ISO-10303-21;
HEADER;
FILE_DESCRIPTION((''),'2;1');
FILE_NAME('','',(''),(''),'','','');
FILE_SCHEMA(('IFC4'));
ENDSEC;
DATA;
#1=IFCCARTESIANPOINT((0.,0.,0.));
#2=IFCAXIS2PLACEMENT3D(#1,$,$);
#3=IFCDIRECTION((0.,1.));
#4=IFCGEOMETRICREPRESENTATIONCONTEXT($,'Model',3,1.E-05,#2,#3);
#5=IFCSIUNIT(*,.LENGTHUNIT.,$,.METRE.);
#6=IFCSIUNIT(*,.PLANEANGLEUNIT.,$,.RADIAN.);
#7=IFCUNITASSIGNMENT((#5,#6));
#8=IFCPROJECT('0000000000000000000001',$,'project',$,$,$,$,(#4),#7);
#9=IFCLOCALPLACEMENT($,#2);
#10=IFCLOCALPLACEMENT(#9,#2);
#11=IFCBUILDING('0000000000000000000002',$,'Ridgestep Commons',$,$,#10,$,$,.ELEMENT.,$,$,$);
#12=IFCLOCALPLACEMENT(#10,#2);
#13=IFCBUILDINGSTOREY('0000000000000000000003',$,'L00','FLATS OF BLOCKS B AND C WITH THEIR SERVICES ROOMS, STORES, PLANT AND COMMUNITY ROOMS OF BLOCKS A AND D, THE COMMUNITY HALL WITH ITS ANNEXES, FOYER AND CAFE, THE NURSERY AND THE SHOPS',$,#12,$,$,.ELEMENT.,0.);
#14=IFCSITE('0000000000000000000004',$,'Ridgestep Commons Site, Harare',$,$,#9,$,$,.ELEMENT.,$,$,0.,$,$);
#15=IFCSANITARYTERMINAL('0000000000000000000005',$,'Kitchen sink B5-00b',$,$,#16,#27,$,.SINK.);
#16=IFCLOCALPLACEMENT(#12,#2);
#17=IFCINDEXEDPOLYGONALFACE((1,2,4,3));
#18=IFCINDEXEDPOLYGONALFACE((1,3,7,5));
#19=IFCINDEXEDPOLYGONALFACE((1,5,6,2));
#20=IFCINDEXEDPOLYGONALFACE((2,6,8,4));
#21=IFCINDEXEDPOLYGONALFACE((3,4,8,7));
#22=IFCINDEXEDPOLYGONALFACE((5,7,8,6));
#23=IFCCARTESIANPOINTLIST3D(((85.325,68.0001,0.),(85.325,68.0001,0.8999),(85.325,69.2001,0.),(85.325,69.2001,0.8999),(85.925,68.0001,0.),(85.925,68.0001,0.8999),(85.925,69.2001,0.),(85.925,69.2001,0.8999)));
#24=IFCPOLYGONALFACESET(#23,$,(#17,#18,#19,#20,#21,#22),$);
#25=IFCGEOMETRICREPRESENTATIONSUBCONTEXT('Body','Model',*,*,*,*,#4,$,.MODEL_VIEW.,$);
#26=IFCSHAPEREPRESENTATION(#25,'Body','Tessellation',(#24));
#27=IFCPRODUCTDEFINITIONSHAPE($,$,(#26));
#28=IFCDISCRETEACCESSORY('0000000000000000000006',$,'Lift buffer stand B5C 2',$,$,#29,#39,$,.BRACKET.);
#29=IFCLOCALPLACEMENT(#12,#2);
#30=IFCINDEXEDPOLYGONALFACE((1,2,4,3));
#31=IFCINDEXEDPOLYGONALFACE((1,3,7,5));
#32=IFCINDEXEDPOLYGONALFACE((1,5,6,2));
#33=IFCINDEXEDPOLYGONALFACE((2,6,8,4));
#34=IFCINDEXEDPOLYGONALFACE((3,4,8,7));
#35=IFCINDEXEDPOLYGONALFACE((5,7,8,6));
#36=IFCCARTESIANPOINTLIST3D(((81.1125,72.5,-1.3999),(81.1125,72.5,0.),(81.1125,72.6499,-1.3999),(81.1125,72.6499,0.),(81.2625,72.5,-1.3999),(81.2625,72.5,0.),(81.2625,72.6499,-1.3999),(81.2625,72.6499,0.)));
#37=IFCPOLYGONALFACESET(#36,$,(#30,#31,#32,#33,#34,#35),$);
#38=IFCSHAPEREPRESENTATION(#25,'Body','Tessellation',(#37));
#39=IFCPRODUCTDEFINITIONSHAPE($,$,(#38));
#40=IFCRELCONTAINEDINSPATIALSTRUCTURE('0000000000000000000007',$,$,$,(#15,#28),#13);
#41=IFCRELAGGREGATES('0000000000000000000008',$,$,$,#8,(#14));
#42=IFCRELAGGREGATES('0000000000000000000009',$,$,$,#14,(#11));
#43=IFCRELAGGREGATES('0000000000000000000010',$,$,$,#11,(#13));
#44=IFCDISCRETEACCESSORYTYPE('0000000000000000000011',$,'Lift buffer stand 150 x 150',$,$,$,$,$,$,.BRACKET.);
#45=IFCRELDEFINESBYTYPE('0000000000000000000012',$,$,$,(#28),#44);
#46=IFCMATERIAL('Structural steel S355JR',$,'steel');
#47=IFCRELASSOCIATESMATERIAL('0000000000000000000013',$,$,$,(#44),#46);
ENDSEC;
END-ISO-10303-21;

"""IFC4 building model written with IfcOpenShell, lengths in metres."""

from ifc_helpers import new_model, si_unit, direction, frame, origin, origin_2d, place, context, subcontext, project, spatial, rectangle, extrude, material, type_object, element, save


model = new_model("IFC4")

# Units and contexts
model_context = context("Model", 3, precision=1e-05, world=origin(), true_north=direction((0.0, 1.0)))
body_context = subcontext(model_context, "Body", "Model", "MODEL_VIEW")
ifc_project = project(units=[si_unit("LENGTHUNIT", "METRE"), si_unit("PLANEANGLEUNIT", "RADIAN")], contexts=[model_context])

# Site, building, storey
site_placement = place(None, origin())
site = spatial("IfcSite", under=ifc_project, at=site_placement, Name="Ridgestep Commons Site, Harare", CompositionType="ELEMENT", RefElevation=0.0)
building_placement = place(site_placement, origin())
building = spatial("IfcBuilding", under=site, at=building_placement, Name="Ridgestep Commons", CompositionType="ELEMENT")
storey_placement = place(building_placement, origin())
storey = spatial("IfcBuildingStorey", under=building, at=storey_placement, Name="L00", Description="FLATS OF BLOCKS B AND C WITH THEIR SERVICES ROOMS, STORES, PLANT AND COMMUNITY ROOMS OF BLOCKS A AND D, THE COMMUNITY HALL WITH ITS ANNEXES, FOYER AND CAFE, THE NURSERY AND THE SHOPS", CompositionType="ELEMENT", Elevation=0.0)

# Sanitary terminal
sanitary_terminal_1_placement = place(storey_placement, frame((85.625, 68.6001, 0.0), z_axis=(0.0, 0.0, 1.0), x_axis=(1.0, 0.0, 0.0)))
element("IfcSanitaryTerminal", 1, at=sanitary_terminal_1_placement, inside=storey, Name="Kitchen sink B5-00b", PredefinedType="SINK", context=body_context, shape_type="SweptSolid", body=[
    extrude(rectangle(XDim=0.6001, YDim=1.2, at=origin_2d()), origin(), (0.0, 0.0, 1.0), 0.8999),
])

# Discrete accessory
ifc_material_1 = material(Name="Structural steel S355JR", Category="steel")
discrete_accessory_type = type_object("IfcDiscreteAccessoryType", Name="Lift buffer stand 150 x 150", PredefinedType="BRACKET", material=ifc_material_1)
discrete_accessory_placement = place(storey_placement, frame((81.1875, 72.575, -1.3999), z_axis=(0.0, 0.0, 1.0), x_axis=(1.0, 0.0, 0.0)))
element("IfcDiscreteAccessory", 2, at=discrete_accessory_placement, inside=storey, type_object=discrete_accessory_type, Name="Lift buffer stand B5C 2", PredefinedType="BRACKET", context=body_context, shape_type="SweptSolid", body=[
    extrude(rectangle(XDim=0.1499, YDim=0.1499, at=origin_2d()), origin(), (0.0, 0.0, 1.0), 1.3999),
])

save(model, "model.ifc")
